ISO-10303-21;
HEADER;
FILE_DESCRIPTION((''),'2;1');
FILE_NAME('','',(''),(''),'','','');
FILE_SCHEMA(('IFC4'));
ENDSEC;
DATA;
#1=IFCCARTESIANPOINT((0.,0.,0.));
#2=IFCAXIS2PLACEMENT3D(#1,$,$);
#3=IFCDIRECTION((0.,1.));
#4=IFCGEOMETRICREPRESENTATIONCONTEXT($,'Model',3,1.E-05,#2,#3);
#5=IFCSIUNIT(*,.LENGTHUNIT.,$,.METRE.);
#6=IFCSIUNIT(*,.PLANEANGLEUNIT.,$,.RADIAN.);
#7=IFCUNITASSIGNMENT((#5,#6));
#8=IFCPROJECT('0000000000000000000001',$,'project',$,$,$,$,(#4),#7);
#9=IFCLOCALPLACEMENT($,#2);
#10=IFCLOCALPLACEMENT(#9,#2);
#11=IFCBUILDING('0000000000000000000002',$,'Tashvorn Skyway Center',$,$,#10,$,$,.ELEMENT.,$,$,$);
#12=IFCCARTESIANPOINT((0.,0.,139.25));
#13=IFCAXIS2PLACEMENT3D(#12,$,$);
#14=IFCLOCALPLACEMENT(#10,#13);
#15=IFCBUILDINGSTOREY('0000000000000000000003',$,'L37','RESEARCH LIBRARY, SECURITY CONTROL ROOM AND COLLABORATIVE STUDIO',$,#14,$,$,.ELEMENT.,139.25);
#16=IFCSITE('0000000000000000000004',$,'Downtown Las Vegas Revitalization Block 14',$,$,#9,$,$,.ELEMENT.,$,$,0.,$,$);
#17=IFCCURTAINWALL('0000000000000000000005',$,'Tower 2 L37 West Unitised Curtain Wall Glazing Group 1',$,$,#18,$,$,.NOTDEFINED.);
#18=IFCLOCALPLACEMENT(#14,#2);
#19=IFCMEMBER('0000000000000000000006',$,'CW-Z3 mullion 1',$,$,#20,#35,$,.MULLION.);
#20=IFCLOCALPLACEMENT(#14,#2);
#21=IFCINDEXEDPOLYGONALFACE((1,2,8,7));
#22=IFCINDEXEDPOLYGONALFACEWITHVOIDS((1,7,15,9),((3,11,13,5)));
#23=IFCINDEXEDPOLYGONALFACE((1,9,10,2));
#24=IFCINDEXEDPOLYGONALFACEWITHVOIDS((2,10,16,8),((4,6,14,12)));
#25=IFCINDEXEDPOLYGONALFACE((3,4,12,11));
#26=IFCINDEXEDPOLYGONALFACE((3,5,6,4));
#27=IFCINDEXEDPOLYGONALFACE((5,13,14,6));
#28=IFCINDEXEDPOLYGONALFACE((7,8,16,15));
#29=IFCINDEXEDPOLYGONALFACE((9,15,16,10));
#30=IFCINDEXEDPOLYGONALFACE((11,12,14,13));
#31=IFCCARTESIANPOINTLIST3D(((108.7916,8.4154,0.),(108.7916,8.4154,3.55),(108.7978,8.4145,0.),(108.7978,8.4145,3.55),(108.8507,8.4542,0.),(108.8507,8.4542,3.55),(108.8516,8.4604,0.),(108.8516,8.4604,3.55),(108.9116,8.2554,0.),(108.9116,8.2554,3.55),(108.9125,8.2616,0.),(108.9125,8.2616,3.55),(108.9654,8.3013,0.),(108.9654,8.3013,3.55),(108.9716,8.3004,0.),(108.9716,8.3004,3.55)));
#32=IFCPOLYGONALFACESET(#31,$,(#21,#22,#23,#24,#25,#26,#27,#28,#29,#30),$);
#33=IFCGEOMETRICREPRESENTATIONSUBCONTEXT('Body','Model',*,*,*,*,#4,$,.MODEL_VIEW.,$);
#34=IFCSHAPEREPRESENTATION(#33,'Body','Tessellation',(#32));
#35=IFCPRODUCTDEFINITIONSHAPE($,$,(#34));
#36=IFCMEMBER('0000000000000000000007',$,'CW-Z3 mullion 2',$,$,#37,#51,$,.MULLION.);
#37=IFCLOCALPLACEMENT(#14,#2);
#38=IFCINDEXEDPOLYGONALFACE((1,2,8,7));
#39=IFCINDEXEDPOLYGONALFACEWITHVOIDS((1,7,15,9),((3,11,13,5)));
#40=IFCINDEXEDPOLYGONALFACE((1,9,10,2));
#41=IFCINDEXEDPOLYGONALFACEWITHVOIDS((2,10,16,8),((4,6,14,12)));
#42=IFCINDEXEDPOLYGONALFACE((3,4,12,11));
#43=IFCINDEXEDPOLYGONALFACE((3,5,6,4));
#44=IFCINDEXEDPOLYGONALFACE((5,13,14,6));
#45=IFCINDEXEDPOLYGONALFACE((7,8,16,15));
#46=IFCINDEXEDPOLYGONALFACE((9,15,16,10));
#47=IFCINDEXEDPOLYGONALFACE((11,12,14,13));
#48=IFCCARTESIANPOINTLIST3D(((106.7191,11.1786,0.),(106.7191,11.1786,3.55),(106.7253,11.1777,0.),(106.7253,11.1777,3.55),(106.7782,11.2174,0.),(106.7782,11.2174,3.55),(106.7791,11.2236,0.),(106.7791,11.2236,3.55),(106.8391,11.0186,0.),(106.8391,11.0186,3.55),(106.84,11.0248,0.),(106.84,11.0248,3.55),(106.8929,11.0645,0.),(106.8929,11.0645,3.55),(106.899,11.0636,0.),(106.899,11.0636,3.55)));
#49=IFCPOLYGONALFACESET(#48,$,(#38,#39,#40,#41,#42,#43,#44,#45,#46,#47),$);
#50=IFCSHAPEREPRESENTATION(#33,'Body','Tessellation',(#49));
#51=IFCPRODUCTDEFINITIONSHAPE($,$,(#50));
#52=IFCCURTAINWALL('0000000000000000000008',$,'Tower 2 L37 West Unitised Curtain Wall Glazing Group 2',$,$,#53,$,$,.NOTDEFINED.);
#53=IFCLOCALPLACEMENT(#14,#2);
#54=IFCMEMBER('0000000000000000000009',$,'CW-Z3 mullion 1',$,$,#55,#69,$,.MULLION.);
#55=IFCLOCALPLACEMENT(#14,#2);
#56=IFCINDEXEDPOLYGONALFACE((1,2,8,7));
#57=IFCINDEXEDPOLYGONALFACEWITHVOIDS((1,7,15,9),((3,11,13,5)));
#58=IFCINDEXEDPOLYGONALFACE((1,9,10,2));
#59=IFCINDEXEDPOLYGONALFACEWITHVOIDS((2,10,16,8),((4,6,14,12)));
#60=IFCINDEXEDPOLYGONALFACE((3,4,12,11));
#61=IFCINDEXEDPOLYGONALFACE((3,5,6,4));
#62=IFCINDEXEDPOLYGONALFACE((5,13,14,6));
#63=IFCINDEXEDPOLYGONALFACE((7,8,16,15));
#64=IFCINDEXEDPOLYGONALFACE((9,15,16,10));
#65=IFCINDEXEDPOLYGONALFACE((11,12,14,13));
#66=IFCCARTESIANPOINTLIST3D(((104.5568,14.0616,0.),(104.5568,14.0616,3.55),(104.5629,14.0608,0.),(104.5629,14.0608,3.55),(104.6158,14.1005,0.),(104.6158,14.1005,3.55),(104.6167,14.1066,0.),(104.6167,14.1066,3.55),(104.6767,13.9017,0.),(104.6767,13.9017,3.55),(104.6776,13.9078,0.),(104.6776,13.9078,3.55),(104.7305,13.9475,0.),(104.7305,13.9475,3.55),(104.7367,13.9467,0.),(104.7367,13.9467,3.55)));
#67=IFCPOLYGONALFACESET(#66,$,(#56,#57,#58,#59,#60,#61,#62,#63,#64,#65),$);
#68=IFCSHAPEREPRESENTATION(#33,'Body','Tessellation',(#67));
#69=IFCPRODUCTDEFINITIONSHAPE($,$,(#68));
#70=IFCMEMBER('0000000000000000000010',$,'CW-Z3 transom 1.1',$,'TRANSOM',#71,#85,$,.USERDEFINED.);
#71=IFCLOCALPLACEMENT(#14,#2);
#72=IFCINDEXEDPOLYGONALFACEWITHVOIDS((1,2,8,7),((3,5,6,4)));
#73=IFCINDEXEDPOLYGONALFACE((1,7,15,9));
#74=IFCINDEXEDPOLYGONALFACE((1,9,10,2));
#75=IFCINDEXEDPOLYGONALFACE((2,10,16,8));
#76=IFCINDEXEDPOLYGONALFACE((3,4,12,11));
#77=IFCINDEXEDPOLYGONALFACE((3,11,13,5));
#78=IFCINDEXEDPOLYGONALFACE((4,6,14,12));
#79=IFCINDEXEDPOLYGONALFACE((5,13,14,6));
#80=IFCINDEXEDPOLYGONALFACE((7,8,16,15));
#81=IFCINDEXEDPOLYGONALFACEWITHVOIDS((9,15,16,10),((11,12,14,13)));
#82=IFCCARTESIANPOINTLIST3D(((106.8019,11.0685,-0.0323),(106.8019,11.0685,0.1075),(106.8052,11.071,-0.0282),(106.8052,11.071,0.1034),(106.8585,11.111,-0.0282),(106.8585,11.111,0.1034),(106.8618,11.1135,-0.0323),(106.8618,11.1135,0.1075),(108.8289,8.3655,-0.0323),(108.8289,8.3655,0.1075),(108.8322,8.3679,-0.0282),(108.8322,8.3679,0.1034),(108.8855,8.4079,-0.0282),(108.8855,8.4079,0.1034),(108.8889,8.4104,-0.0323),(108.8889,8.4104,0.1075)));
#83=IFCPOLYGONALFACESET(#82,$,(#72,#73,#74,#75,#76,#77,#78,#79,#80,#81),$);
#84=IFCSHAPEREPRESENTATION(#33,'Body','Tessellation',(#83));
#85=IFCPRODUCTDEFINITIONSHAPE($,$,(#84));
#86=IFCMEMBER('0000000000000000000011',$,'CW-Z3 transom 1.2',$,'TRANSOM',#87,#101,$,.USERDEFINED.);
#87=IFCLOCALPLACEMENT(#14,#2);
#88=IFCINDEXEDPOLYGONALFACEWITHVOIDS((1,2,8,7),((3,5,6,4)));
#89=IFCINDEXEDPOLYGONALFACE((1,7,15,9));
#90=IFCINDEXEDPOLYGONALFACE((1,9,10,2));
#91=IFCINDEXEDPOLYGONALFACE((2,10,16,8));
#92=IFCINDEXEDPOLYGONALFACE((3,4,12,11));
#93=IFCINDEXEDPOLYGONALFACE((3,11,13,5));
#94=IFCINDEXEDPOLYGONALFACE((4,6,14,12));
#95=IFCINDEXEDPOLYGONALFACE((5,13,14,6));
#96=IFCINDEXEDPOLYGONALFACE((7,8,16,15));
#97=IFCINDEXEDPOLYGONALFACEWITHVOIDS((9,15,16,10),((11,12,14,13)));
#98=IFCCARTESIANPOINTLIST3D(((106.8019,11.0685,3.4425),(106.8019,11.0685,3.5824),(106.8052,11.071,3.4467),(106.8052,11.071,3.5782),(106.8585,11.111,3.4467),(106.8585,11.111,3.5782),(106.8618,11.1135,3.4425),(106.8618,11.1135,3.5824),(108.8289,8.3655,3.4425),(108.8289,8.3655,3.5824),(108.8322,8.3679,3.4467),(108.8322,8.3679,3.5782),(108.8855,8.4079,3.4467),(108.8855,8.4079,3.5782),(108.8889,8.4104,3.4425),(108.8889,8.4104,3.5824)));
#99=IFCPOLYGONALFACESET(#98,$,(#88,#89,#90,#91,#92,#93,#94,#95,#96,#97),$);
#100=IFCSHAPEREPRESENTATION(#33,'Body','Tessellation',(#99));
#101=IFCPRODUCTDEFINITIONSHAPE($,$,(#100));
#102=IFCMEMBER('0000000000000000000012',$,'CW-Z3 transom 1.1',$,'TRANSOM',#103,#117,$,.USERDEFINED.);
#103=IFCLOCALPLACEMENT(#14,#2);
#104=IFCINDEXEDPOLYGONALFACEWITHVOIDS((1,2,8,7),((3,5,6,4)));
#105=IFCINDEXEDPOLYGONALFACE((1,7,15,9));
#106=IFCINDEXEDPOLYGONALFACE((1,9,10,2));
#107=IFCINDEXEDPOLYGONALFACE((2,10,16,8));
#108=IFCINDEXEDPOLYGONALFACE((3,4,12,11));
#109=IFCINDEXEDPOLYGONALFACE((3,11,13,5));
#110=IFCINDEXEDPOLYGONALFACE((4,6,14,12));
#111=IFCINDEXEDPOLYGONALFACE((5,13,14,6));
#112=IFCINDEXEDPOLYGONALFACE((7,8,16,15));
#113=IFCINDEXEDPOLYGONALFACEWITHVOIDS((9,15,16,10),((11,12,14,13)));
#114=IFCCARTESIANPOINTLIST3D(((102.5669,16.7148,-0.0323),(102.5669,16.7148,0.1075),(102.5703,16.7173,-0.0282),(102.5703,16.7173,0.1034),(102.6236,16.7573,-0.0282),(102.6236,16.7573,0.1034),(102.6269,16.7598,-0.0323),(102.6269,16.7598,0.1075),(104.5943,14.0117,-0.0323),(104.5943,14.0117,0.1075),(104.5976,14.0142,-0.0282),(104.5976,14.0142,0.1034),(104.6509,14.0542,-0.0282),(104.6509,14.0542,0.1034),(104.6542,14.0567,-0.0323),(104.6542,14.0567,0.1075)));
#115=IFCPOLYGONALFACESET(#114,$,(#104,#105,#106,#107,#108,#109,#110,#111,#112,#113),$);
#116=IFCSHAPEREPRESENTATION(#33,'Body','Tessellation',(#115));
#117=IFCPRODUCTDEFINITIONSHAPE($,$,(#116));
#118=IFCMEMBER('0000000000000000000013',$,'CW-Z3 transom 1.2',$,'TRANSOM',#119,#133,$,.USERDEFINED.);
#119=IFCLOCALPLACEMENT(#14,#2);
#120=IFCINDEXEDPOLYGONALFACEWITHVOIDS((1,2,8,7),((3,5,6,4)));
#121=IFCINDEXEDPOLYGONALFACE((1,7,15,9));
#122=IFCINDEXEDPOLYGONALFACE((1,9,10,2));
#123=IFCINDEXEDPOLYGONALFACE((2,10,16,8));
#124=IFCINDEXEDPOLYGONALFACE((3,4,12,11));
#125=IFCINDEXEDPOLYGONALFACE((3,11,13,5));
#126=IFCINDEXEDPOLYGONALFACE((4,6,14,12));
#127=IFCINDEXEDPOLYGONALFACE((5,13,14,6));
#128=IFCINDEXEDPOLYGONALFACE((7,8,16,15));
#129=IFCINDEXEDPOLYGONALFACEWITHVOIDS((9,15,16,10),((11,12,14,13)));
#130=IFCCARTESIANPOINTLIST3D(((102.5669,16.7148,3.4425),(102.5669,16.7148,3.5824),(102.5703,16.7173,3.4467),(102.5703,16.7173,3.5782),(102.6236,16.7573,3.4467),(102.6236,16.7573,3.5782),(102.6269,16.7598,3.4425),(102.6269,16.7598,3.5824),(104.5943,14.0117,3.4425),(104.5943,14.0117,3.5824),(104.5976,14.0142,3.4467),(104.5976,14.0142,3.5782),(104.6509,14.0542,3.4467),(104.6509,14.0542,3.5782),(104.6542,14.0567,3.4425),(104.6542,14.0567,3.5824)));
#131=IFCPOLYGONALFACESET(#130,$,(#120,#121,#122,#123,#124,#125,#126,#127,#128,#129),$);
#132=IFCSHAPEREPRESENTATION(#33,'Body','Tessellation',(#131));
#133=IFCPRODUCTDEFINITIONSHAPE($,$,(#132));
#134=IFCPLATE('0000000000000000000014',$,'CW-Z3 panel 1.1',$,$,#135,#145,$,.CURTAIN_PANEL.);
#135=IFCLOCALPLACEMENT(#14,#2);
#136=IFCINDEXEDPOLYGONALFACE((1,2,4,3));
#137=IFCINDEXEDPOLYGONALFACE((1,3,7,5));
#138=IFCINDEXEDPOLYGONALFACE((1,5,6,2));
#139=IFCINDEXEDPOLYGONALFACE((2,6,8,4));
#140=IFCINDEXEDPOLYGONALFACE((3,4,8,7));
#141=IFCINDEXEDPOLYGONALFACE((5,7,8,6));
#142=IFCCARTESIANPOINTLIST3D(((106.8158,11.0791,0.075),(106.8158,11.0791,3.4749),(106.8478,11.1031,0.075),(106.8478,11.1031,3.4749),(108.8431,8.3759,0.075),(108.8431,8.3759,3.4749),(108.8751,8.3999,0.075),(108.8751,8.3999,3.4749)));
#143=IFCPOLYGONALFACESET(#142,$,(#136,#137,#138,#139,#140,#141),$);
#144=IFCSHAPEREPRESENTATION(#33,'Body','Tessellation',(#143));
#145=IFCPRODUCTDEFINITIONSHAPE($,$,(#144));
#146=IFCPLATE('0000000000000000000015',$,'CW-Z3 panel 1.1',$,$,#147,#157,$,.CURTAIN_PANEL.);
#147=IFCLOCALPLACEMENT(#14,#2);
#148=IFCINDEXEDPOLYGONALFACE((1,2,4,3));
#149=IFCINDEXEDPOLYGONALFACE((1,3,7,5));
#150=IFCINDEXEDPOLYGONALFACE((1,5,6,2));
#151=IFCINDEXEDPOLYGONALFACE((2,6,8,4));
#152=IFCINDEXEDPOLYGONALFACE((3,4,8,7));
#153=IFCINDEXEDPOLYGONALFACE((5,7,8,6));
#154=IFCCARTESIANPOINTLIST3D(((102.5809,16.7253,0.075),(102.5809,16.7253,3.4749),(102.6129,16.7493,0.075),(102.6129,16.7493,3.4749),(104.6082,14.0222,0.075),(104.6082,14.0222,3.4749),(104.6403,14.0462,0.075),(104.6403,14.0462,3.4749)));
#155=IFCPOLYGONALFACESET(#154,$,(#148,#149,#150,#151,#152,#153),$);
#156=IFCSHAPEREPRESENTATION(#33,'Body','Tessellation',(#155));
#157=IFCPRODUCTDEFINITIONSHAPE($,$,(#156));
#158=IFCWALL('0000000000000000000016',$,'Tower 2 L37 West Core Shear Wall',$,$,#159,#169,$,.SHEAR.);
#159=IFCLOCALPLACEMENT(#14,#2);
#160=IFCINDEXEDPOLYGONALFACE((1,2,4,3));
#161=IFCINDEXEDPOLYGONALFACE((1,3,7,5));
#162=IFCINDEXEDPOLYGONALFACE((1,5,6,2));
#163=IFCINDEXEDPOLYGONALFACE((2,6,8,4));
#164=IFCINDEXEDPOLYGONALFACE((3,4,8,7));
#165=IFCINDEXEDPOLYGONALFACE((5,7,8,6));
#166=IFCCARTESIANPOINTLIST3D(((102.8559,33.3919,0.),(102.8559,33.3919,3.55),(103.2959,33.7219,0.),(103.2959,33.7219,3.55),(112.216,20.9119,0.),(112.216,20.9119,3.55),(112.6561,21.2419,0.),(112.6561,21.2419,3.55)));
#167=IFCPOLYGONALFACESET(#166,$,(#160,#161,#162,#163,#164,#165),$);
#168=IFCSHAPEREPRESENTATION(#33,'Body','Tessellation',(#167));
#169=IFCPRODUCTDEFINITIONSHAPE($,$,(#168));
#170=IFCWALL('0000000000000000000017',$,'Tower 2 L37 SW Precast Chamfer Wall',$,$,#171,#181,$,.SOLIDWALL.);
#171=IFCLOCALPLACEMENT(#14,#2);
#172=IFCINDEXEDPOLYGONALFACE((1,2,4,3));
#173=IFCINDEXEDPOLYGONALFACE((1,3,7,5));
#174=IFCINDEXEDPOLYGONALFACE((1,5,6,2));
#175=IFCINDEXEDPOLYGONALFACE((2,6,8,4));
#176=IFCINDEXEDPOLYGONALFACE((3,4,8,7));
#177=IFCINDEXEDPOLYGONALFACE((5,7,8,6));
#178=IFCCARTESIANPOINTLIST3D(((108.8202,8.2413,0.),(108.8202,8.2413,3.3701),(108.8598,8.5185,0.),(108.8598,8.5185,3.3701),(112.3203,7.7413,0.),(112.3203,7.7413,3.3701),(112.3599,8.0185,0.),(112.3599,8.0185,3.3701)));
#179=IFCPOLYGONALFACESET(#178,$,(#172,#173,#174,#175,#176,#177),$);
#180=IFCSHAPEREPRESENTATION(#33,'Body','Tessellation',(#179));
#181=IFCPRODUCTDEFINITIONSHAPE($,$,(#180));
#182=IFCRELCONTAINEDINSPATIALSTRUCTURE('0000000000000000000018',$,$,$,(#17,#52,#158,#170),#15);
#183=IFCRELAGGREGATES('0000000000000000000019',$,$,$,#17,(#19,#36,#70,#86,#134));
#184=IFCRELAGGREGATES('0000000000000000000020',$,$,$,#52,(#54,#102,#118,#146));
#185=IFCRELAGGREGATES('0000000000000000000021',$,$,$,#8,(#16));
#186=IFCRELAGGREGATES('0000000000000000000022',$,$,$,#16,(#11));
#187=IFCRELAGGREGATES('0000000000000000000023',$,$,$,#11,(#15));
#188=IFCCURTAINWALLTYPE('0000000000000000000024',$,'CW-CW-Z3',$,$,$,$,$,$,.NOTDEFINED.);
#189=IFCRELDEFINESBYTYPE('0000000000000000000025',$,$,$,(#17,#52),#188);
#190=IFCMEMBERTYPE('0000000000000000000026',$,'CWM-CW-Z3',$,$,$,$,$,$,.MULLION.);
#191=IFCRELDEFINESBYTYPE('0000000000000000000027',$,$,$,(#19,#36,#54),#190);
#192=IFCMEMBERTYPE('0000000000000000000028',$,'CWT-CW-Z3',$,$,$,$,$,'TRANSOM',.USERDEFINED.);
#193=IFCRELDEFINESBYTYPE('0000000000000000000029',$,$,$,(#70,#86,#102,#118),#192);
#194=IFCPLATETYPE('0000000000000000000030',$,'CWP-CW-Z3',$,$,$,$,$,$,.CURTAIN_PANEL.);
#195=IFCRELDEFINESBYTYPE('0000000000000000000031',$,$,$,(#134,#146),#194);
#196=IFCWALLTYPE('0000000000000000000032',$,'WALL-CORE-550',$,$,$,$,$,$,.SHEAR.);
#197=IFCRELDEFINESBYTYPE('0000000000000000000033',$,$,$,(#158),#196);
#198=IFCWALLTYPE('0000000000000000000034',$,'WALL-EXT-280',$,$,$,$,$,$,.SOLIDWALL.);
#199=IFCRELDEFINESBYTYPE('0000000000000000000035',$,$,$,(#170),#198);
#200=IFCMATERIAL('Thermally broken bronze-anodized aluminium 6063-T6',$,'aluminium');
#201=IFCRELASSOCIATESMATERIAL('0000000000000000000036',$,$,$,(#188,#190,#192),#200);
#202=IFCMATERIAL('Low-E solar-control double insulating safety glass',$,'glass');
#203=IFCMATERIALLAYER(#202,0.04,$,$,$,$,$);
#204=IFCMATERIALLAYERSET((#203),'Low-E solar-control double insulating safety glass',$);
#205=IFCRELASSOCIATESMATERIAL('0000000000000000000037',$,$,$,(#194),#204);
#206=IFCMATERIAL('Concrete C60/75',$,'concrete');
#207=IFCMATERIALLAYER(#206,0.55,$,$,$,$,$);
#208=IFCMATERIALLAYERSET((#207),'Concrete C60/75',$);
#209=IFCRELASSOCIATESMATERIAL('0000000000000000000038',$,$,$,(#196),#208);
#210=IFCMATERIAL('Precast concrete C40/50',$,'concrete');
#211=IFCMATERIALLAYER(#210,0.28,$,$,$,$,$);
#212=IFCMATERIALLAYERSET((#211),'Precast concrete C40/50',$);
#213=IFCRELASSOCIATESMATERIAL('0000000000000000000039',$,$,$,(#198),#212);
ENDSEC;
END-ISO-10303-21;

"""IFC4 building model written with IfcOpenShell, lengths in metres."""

from ifc_helpers import new_model, si_unit, direction, frame, frame_2d, origin, origin_2d, place, context, subcontext, project, spatial, rectangle, hollow_rectangle, extrude, material, layer, layer_set, material_profile, profile_set, type_object, element, aggregate, save


model = new_model("IFC4")

# Units and contexts
model_context = context("Model", 3, precision=1e-05, world=origin(), true_north=direction((0.0, 1.0)))
body_context = subcontext(model_context, "Body", "Model", "MODEL_VIEW")
ifc_project = project(units=[si_unit("LENGTHUNIT", "METRE"), si_unit("PLANEANGLEUNIT", "RADIAN")], contexts=[model_context])

# Site, building, storey
site_placement = place(None, origin())
site = spatial("IfcSite", under=ifc_project, at=site_placement, Name="Downtown Las Vegas Revitalization Block 14", CompositionType="ELEMENT", RefElevation=0.0)
building_placement = place(site_placement, origin())
building = spatial("IfcBuilding", under=site, at=building_placement, Name="Tashvorn Skyway Center", CompositionType="ELEMENT")
storey_placement = place(building_placement, frame((0.0, 0.0, 139.25)))
storey = spatial("IfcBuildingStorey", under=building, at=storey_placement, Name="L37", Description="RESEARCH LIBRARY, SECURITY CONTROL ROOM AND COLLABORATIVE STUDIO", CompositionType="ELEMENT", Elevation=139.25)

# Shared definitions
ifc_material_1 = material(Name="Concrete C60/75", Category="concrete")

# Shared definitions
ifc_material_2 = material(Name="Thermally broken bronze-anodized aluminium 6063-T6", Category="aluminium")
curtain_wall_type = type_object("IfcCurtainWallType", Name="CW-CW-Z3", PredefinedType="NOTDEFINED", material=ifc_material_2)
ifc_material_profile_1 = material_profile(ifc_material_2, hollow_rectangle(XDim=0.075, YDim=0.2, WallThickness=0.0044, at=origin_2d()), Name="ALU-MULL-75x200")
ifc_profile_set_1 = profile_set([ifc_material_profile_1], Name="Thermally broken bronze-anodized aluminium 6063-T6")
member_type_1 = type_object("IfcMemberType", Name="CWM-CW-Z3", PredefinedType="MULLION", material=ifc_profile_set_1)

# Curtain wall, members
curtain_wall_1_placement = place(storey_placement, origin())
curtain_wall_1 = element("IfcCurtainWall", 1, at=curtain_wall_1_placement, inside=storey, type_object=curtain_wall_type, Name="Tower 2 L37 West Unitised Curtain Wall Glazing Group 1", PredefinedType="NOTDEFINED")
member_1_placement = place(storey_placement, frame((108.8816, 8.3579, 0.0), z_axis=(0.0, 0.0, 1.0), x_axis=(-0.800003, -0.599995, 0.0)))
member_1 = element("IfcMember", 2, at=member_1_placement, type_object=member_type_1, Name="CW-Z3 mullion 1", PredefinedType="MULLION", context=body_context, shape_type="SweptSolid", body=[
    extrude(hollow_rectangle(XDim=0.075, YDim=0.2, WallThickness=0.0044, at=origin_2d()), origin(), (0.0, 0.0, 1.0), 3.55),
])
member_2_placement = place(storey_placement, frame((106.8091, 11.1211, 0.0), z_axis=(0.0, 0.0, 1.0), x_axis=(-0.800003, -0.599995, 0.0)))
member_2 = element("IfcMember", 3, at=member_2_placement, type_object=member_type_1, Name="CW-Z3 mullion 2", PredefinedType="MULLION", context=body_context, shape_type="SweptSolid", body=[
    extrude(hollow_rectangle(XDim=0.075, YDim=0.2, WallThickness=0.0044, at=origin_2d()), origin(), (0.0, 0.0, 1.0), 3.55),
])

# Curtain wall, member
curtain_wall_2_placement = place(storey_placement, origin())
curtain_wall_2 = element("IfcCurtainWall", 4, at=curtain_wall_2_placement, inside=storey, type_object=curtain_wall_type, Name="Tower 2 L37 West Unitised Curtain Wall Glazing Group 2", PredefinedType="NOTDEFINED")
member_3_placement = place(storey_placement, frame((104.6467, 14.0042, 0.0), z_axis=(0.0, 0.0, 1.0), x_axis=(-0.800003, -0.599995, 0.0)))
member_3 = element("IfcMember", 5, at=member_3_placement, type_object=member_type_1, Name="CW-Z3 mullion 1", PredefinedType="MULLION", context=body_context, shape_type="SweptSolid", body=[
    extrude(hollow_rectangle(XDim=0.075, YDim=0.2, WallThickness=0.0044, at=origin_2d()), origin(), (0.0, 0.0, 1.0), 3.55),
])

# Members
ifc_material_profile_2 = material_profile(ifc_material_2, hollow_rectangle(XDim=0.075, YDim=0.1399, WallThickness=0.0042, at=origin_2d()), Name="ALU-TRAN-75x140")
ifc_profile_set_2 = profile_set([ifc_material_profile_2], Name="Thermally broken bronze-anodized aluminium 6063-T6")
member_type_2 = type_object("IfcMemberType", Name="CWT-CW-Z3", ElementType="TRANSOM", PredefinedType="USERDEFINED", material=ifc_profile_set_2)
member_4_placement = place(storey_placement, frame((108.8589, 8.3879, 0.0376), z_axis=(-0.599954, 0.800035, 0.0), x_axis=(-0.800035, -0.599954, 0.0)))
member_4 = element("IfcMember", 6, at=member_4_placement, type_object=member_type_2, Name="CW-Z3 transom 1.1", ObjectType="TRANSOM", PredefinedType="USERDEFINED", context=body_context, shape_type="SweptSolid", body=[
    extrude(hollow_rectangle(XDim=0.075, YDim=0.1399, WallThickness=0.0042, at=origin_2d()), origin(), (0.0, 0.0, 1.0), 3.3787),
])
member_5_placement = place(storey_placement, frame((108.8589, 8.3879, 3.5125), z_axis=(-0.599954, 0.800035, 0.0), x_axis=(-0.800035, -0.599954, 0.0)))
member_5 = element("IfcMember", 7, at=member_5_placement, type_object=member_type_2, Name="CW-Z3 transom 1.2", ObjectType="TRANSOM", PredefinedType="USERDEFINED", context=body_context, shape_type="SweptSolid", body=[
    extrude(hollow_rectangle(XDim=0.075, YDim=0.1399, WallThickness=0.0042, at=origin_2d()), origin(), (0.0, 0.0, 1.0), 3.3787),
])
member_6_placement = place(storey_placement, frame((104.6243, 14.0342, 0.0376), z_axis=(-0.6, 0.8, 0.0), x_axis=(-0.8, -0.6, 0.0)))
member_6 = element("IfcMember", 8, at=member_6_placement, type_object=member_type_2, Name="CW-Z3 transom 1.1", ObjectType="TRANSOM", PredefinedType="USERDEFINED", context=body_context, shape_type="SweptSolid", body=[
    extrude(hollow_rectangle(XDim=0.075, YDim=0.1399, WallThickness=0.0042, at=origin_2d()), origin(), (0.0, 0.0, 1.0), 3.3789),
])
member_7_placement = place(storey_placement, frame((104.6243, 14.0342, 3.5125), z_axis=(-0.6, 0.8, 0.0), x_axis=(-0.8, -0.6, 0.0)))
member_7 = element("IfcMember", 9, at=member_7_placement, type_object=member_type_2, Name="CW-Z3 transom 1.2", ObjectType="TRANSOM", PredefinedType="USERDEFINED", context=body_context, shape_type="SweptSolid", body=[
    extrude(hollow_rectangle(XDim=0.075, YDim=0.1399, WallThickness=0.0042, at=origin_2d()), origin(), (0.0, 0.0, 1.0), 3.3789),
])

# Plates
ifc_material_3 = material(Name="Low-E solar-control double insulating safety glass", Category="glass")
ifc_layer_1 = layer(ifc_material_3, 0.04)
ifc_layer_set_1 = layer_set([ifc_layer_1], Name="Low-E solar-control double insulating safety glass")
plate_type = type_object("IfcPlateType", Name="CWP-CW-Z3", PredefinedType="CURTAIN_PANEL", material=ifc_layer_set_1)
plate_1_placement = place(storey_placement, frame((107.8455, 9.7395, 0.075), z_axis=(0.0, 0.0, 1.0), x_axis=(-0.599995, 0.800003, 0.0)))
plate_1 = element("IfcPlate", 10, at=plate_1_placement, type_object=plate_type, Name="CW-Z3 panel 1.1", PredefinedType="CURTAIN_PANEL", context=body_context, shape_type="SweptSolid", body=[
    extrude(rectangle(XDim=3.3789, YDim=0.04, at=origin_2d()), origin(), (0.0, 0.0, 1.0), 3.3999),
])
aggregate(curtain_wall_1, [member_1, member_2, member_4, member_5, plate_1])
plate_2_placement = place(storey_placement, frame((103.6106, 15.3857, 0.075), z_axis=(0.0, 0.0, 1.0), x_axis=(-0.599995, 0.800003, 0.0)))
plate_2 = element("IfcPlate", 11, at=plate_2_placement, type_object=plate_type, Name="CW-Z3 panel 1.1", PredefinedType="CURTAIN_PANEL", context=body_context, shape_type="SweptSolid", body=[
    extrude(rectangle(XDim=3.3789, YDim=0.04, at=origin_2d()), origin(), (0.0, 0.0, 1.0), 3.3999),
])
aggregate(curtain_wall_2, [member_3, member_6, member_7, plate_2])

# Walls
ifc_layer_2 = layer(ifc_material_1, 0.55)
ifc_layer_set_2 = layer_set([ifc_layer_2], Name="Concrete C60/75")
wall_type_1 = type_object("IfcWallType", Name="WALL-CORE-550", PredefinedType="SHEAR", material=ifc_layer_set_2)
wall_1_placement = place(storey_placement, frame((112.436, 21.0769, 0.0), z_axis=(0.0, 0.0, 1.0), x_axis=(-0.600005, 0.799996, 0.0)))
element("IfcWall", 12, at=wall_1_placement, inside=storey, type_object=wall_type_1, Name="Tower 2 L37 West Core Shear Wall", PredefinedType="SHEAR", context=body_context, shape_type="SweptSolid", body=[
    extrude(rectangle(XDim=15.6001, YDim=0.55, at=frame_2d((7.8, 0.0))), origin(), (0.0, 0.0, 1.0), 3.55),
])
ifc_material_4 = material(Name="Precast concrete C40/50", Category="concrete")
ifc_layer_3 = layer(ifc_material_4, 0.28)
ifc_layer_set_3 = layer_set([ifc_layer_3], Name="Precast concrete C40/50")
wall_type_2 = type_object("IfcWallType", Name="WALL-EXT-280", PredefinedType="SOLIDWALL", material=ifc_layer_set_3)
wall_2_placement = place(storey_placement, frame((112.3401, 7.8799, 0.0), z_axis=(0.0, 0.0, 1.0), x_axis=(-0.989949, 0.141421, 0.0)))
element("IfcWall", 13, at=wall_2_placement, inside=storey, type_object=wall_type_2, Name="Tower 2 L37 SW Precast Chamfer Wall", PredefinedType="SOLIDWALL", context=body_context, shape_type="SweptSolid", body=[
    extrude(rectangle(XDim=3.5356, YDim=0.28, at=frame_2d((1.7678, 0.0))), origin(), (0.0, 0.0, 1.0), 3.3701),
])

save(model, "model.ifc")
